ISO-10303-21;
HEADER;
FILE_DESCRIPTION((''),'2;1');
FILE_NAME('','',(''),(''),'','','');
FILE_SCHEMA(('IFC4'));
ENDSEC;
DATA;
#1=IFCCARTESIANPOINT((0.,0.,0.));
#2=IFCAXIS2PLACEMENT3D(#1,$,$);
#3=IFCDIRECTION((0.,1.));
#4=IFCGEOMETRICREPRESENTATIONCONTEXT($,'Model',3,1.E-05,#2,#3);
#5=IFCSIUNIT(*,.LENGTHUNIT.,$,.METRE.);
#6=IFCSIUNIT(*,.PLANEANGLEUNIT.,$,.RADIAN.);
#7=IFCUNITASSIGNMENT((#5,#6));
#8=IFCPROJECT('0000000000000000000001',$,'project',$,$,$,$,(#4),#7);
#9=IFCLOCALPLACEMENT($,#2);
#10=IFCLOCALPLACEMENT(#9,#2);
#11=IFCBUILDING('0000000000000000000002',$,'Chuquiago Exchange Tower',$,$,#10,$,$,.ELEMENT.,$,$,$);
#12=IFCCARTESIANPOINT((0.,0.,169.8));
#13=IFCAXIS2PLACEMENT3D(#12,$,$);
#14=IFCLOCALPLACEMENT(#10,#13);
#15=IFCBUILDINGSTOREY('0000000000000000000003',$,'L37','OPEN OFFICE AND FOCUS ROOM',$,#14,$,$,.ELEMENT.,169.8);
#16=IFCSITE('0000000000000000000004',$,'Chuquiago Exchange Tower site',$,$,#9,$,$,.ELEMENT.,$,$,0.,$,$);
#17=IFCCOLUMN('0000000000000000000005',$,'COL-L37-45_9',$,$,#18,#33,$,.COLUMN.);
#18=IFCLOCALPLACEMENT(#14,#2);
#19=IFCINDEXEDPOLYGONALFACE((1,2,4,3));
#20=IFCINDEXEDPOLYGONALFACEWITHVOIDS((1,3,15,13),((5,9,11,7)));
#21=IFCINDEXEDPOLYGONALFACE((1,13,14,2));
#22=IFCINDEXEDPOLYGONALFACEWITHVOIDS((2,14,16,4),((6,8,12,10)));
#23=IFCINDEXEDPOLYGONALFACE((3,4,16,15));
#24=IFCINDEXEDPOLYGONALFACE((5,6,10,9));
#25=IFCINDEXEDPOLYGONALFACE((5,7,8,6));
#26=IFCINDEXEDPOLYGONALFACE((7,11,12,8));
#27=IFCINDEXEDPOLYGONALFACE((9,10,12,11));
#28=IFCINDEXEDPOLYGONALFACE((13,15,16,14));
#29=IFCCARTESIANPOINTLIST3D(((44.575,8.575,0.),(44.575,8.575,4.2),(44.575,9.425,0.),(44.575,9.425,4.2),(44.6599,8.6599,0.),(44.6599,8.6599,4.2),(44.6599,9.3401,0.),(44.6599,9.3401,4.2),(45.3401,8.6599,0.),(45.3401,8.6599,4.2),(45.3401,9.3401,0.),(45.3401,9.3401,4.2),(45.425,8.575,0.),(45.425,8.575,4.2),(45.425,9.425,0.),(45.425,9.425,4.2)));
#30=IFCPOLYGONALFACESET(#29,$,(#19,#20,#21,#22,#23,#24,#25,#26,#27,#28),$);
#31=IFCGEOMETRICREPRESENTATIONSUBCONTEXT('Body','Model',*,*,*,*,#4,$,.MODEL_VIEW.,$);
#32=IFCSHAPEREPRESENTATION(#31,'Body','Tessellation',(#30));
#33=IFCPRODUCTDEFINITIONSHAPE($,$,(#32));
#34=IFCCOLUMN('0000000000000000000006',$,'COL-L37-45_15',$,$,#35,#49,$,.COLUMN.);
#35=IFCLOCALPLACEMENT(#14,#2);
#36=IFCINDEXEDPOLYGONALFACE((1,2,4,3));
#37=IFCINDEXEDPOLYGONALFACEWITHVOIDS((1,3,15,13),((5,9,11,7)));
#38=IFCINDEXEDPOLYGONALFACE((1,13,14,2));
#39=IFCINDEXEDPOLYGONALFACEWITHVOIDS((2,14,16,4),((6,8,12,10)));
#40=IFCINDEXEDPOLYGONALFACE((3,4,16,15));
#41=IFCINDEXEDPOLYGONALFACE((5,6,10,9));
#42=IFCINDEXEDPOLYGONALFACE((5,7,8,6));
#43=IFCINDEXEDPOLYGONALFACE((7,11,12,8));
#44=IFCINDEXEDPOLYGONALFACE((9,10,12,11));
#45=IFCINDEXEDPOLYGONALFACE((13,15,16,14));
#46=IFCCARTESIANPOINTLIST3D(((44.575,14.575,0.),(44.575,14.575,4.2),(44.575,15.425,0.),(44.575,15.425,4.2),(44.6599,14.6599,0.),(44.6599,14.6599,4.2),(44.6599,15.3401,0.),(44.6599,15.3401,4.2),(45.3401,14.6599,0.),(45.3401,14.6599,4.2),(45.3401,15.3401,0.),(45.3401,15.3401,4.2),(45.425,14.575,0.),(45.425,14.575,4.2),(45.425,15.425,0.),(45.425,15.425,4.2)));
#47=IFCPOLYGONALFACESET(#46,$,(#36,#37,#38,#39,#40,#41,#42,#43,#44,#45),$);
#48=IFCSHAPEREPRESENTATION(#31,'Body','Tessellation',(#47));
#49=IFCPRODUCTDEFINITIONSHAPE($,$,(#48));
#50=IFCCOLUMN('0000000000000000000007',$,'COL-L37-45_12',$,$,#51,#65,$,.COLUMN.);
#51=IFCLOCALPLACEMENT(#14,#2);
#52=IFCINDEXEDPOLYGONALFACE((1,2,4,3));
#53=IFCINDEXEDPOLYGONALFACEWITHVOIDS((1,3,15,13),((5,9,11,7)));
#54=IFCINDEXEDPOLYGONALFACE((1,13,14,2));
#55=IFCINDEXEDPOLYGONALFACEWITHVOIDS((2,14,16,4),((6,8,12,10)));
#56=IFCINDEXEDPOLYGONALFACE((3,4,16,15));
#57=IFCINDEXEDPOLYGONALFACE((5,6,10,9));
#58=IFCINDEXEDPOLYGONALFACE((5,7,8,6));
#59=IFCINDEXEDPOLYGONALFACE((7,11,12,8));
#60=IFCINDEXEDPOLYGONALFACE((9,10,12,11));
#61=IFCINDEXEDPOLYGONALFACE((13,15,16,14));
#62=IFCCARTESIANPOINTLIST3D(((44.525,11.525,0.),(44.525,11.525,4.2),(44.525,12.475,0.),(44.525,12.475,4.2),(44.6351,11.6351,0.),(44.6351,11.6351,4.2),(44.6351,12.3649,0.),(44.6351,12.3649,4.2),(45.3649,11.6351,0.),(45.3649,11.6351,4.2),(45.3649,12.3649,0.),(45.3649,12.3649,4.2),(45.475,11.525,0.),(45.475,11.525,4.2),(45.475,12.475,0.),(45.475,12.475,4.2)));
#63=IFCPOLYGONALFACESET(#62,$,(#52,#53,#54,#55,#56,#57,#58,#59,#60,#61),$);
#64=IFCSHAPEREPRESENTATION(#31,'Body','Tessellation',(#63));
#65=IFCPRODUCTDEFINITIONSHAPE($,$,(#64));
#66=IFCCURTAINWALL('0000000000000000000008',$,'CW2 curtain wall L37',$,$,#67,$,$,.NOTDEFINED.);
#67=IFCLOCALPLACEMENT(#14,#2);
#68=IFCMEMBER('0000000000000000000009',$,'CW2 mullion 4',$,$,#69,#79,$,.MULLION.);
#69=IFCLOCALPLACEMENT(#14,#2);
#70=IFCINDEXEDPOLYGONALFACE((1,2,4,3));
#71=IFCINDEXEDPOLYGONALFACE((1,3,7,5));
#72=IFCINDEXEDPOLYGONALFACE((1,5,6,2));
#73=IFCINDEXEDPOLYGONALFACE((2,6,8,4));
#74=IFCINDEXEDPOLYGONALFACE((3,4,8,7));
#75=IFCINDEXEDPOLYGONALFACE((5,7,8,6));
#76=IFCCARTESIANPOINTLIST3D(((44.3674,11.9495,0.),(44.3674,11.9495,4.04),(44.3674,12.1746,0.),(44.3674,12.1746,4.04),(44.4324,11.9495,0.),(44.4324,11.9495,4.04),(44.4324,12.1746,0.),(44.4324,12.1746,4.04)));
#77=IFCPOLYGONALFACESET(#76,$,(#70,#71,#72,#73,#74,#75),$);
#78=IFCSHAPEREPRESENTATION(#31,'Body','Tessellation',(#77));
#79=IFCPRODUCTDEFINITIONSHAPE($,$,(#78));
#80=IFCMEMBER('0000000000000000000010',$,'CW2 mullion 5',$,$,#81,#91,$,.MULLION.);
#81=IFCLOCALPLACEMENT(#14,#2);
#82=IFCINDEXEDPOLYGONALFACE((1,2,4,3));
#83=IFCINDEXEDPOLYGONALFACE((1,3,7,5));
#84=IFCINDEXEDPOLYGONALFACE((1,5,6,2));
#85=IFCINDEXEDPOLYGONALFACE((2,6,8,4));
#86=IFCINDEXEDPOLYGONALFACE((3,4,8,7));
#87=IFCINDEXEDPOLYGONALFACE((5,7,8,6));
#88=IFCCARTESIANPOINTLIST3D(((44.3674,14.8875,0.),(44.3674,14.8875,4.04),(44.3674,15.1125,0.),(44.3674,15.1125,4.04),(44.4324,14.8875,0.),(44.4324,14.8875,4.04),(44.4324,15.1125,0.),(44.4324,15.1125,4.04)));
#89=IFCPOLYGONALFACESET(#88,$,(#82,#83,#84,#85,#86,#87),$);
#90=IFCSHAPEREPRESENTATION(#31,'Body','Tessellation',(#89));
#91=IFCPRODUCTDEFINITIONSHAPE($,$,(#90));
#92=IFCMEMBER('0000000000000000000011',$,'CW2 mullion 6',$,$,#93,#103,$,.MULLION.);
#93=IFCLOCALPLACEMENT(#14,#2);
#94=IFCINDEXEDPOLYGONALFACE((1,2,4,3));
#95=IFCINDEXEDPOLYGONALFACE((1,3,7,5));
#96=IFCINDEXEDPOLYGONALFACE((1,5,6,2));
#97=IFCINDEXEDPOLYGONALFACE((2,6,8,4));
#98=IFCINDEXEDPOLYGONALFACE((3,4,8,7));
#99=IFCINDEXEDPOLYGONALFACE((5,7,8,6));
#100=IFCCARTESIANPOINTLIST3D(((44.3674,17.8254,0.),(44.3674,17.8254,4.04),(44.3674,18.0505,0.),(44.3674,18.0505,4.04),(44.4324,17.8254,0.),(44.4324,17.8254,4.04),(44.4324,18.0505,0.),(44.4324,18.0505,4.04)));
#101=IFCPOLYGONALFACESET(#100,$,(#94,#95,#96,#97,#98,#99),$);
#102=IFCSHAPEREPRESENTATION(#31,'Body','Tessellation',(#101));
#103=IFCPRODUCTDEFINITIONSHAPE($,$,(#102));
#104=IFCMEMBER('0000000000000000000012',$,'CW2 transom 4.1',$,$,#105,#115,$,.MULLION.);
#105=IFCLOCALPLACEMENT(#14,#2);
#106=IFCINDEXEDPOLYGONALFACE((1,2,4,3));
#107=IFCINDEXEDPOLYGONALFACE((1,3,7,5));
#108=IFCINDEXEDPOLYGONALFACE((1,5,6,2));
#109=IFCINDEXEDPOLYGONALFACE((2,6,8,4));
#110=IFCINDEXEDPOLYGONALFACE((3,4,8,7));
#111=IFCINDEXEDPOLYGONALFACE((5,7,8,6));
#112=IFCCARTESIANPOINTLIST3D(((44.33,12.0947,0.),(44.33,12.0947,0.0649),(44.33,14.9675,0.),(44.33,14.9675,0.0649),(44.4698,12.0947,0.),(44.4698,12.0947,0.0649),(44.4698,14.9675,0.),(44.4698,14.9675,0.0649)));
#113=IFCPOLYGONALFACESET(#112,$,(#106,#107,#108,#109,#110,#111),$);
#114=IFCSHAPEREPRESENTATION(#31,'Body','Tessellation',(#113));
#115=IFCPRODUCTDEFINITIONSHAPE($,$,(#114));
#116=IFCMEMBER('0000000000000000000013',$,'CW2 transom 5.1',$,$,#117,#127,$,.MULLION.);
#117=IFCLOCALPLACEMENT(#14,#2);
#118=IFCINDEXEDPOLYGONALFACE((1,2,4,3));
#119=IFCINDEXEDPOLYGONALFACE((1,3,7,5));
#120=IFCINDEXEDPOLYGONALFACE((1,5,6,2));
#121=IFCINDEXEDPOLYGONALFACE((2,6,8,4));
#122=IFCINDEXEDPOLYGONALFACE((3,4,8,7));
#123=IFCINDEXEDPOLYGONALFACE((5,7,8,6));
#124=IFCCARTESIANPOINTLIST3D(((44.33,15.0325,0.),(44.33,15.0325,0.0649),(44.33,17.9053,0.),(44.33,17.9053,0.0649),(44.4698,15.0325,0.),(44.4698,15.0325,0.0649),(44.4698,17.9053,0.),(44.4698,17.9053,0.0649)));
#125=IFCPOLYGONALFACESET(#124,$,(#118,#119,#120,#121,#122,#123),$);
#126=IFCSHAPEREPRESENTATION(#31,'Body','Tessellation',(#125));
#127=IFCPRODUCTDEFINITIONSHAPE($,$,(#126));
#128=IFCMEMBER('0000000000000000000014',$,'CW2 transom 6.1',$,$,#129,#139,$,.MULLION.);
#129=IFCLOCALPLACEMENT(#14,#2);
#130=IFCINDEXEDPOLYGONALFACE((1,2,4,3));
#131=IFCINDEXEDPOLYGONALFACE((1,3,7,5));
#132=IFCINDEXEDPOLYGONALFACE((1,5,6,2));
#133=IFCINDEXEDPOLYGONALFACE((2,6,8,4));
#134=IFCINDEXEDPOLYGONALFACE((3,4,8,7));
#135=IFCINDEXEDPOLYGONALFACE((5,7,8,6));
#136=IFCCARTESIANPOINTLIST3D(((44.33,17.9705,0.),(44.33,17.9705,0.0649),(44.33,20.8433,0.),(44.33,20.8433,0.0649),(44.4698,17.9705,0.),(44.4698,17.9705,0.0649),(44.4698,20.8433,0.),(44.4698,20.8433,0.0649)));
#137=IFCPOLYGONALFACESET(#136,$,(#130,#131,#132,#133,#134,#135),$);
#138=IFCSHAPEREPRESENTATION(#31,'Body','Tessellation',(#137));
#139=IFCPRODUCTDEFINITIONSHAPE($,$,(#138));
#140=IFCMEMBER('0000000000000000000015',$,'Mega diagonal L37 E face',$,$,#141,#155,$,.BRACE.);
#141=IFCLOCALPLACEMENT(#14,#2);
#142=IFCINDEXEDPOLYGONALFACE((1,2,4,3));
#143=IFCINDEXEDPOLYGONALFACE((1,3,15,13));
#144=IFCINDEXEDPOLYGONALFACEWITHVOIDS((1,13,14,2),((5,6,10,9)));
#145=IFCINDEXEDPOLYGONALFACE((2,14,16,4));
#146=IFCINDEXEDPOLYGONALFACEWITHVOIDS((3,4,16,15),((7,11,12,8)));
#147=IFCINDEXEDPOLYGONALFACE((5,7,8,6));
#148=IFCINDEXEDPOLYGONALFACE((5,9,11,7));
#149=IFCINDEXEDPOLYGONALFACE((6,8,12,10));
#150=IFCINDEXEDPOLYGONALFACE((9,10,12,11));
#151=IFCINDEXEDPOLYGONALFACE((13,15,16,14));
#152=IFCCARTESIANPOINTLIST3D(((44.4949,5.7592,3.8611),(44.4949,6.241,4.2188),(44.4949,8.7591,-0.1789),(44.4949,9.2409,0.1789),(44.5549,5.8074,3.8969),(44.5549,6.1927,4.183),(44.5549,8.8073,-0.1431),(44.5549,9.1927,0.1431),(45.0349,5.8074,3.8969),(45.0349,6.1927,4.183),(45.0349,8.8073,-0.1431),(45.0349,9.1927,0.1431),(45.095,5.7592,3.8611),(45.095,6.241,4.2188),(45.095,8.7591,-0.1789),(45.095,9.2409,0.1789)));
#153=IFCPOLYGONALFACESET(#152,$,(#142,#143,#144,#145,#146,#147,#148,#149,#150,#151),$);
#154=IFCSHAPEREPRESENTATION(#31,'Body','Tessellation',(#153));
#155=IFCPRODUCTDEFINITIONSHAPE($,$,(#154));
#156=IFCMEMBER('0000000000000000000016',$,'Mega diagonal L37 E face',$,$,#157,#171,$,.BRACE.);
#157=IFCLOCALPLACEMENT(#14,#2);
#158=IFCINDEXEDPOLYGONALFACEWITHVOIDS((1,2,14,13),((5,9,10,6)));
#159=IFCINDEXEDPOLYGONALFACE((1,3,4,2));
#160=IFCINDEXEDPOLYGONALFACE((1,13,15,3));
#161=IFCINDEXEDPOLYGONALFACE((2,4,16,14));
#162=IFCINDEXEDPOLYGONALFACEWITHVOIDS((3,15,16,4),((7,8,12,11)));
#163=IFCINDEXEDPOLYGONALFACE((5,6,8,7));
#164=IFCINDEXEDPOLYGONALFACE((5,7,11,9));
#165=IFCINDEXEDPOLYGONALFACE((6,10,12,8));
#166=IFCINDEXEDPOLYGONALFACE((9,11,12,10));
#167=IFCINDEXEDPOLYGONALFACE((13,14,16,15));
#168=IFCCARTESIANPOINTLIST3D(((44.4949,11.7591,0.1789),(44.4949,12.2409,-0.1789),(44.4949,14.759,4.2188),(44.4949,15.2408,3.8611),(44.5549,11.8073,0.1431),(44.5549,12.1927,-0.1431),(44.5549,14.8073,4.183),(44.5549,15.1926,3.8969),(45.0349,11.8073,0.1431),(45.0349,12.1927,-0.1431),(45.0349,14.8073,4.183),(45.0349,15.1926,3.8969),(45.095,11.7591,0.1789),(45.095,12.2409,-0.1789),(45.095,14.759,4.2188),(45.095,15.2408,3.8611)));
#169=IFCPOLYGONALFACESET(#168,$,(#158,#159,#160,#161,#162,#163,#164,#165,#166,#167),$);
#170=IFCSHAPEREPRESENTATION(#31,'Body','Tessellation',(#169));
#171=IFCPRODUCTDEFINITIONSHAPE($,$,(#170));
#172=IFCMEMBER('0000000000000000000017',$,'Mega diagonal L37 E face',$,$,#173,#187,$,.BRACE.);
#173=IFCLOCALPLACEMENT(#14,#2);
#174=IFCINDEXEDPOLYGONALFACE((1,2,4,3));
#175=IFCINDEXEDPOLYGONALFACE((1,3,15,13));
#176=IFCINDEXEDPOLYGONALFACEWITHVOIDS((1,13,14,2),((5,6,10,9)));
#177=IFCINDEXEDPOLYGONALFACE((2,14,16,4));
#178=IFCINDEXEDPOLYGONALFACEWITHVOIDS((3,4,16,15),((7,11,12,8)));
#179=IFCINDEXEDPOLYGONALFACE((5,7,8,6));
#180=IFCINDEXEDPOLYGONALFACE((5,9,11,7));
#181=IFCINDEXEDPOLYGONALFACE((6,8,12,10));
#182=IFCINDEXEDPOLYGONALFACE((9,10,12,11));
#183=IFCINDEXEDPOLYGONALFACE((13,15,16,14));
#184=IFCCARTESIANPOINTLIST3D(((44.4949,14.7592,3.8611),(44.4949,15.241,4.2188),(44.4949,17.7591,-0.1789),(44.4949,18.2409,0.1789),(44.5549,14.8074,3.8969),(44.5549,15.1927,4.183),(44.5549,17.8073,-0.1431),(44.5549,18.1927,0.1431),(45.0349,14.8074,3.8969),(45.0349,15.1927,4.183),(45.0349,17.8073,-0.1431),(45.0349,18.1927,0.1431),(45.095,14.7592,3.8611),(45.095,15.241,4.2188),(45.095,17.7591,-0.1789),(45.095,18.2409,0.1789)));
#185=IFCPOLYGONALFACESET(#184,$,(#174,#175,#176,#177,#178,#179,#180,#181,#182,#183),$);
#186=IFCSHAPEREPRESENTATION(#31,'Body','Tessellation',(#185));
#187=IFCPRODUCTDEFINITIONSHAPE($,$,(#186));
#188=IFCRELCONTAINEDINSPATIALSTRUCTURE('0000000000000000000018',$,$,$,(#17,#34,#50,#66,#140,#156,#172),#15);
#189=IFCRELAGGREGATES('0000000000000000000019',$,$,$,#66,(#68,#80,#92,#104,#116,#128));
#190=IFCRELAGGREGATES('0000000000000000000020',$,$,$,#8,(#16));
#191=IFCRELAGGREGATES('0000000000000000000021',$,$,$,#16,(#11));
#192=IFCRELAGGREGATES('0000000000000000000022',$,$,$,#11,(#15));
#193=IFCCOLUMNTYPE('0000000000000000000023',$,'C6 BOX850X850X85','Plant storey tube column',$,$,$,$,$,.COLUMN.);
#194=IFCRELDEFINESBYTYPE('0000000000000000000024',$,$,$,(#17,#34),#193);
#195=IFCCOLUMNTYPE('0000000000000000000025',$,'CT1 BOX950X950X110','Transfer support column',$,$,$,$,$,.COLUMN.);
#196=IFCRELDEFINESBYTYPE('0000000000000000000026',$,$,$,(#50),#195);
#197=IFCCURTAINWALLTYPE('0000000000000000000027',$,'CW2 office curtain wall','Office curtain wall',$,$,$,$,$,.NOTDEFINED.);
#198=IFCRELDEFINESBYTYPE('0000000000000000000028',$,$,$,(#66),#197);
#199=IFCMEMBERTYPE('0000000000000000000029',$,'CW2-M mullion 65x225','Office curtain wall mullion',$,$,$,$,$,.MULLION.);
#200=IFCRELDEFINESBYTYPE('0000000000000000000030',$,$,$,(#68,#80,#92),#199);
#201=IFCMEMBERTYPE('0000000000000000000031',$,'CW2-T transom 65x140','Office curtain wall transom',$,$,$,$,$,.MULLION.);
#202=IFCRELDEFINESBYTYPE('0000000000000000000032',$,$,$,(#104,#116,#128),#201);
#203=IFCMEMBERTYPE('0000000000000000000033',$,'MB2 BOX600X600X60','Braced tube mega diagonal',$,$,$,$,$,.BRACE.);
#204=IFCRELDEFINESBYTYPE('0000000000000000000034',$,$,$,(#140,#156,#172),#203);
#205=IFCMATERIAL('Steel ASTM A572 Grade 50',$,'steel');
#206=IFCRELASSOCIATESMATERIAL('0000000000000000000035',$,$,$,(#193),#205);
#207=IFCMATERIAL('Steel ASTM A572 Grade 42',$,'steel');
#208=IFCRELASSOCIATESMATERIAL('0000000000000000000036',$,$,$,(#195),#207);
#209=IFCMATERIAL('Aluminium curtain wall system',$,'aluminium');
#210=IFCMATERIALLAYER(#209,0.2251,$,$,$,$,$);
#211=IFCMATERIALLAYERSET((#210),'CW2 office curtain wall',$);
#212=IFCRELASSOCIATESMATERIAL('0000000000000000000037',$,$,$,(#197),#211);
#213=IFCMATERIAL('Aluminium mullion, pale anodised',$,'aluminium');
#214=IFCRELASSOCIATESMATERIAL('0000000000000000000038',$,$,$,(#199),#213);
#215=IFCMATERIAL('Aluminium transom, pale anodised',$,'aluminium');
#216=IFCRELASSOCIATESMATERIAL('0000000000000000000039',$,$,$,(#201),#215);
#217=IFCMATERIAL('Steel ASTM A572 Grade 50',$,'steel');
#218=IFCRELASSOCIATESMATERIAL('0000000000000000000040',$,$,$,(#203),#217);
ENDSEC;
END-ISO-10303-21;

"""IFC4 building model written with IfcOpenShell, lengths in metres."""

from ifc_helpers import new_model, si_unit, direction, frame, origin, origin_2d, place, context, subcontext, project, spatial, rectangle, hollow_rectangle, extrude, material, layer, layer_set, material_profile, profile_set, type_object, element, aggregate, save


model = new_model("IFC4")

# Units and contexts
model_context = context("Model", 3, precision=1e-05, world=origin(), true_north=direction((0.0, 1.0)))
body_context = subcontext(model_context, "Body", "Model", "MODEL_VIEW")
ifc_project = project(units=[si_unit("LENGTHUNIT", "METRE"), si_unit("PLANEANGLEUNIT", "RADIAN")], contexts=[model_context])

# Site, building, storey
site_placement = place(None, origin())
site = spatial("IfcSite", under=ifc_project, at=site_placement, Name="Chuquiago Exchange Tower site", CompositionType="ELEMENT", RefElevation=0.0)
building_placement = place(site_placement, origin())
building = spatial("IfcBuilding", under=site, at=building_placement, Name="Chuquiago Exchange Tower", CompositionType="ELEMENT")
storey_placement = place(building_placement, frame((0.0, 0.0, 169.8)))
storey = spatial("IfcBuildingStorey", under=building, at=storey_placement, Name="L37", Description="OPEN OFFICE AND FOCUS ROOM", CompositionType="ELEMENT", Elevation=169.8)

# Columns
ifc_material_1 = material(Name="Steel ASTM A572 Grade 50", Category="steel")
ifc_material_profile_1 = material_profile(ifc_material_1, hollow_rectangle(XDim=0.8501, YDim=0.8501, WallThickness=0.085, at=origin_2d()), Name="BOX850X850X85")
ifc_profile_set_1 = profile_set([ifc_material_profile_1], Name="Steel ASTM A572 Grade 50")
column_type_1 = type_object("IfcColumnType", Name="C6 BOX850X850X85", Description="Plant storey tube column", PredefinedType="COLUMN", material=ifc_profile_set_1)
for number, where, z_axis, x_axis, name in (
    (1, (45.0, 9.0, 0.0), (0.0, 0.0, 1.0), (1.0, 0.0, 0.0), "COL-L37-45_9"),
    (2, (45.0, 15.0, 0.0), (0.0, 0.0, 1.0), (1.0, 0.0, 0.0), "COL-L37-45_15"),
):
    element("IfcColumn", number, at=place(storey_placement, frame(where, z_axis=z_axis, x_axis=x_axis)), inside=storey, type_object=column_type_1, Name=name, PredefinedType="COLUMN", context=body_context, shape_type="SweptSolid", body=[
        extrude(hollow_rectangle(XDim=0.8501, YDim=0.8501, WallThickness=0.085, at=origin_2d()), origin(), (0.0, 0.0, 1.0), 4.2),
    ])
ifc_material_2 = material(Name="Steel ASTM A572 Grade 42", Category="steel")
ifc_material_profile_2 = material_profile(ifc_material_2, hollow_rectangle(XDim=0.95, YDim=0.95, WallThickness=0.1101, at=origin_2d()), Name="BOX950X950X110")
ifc_profile_set_2 = profile_set([ifc_material_profile_2], Name="Steel ASTM A572 Grade 42")
column_type_2 = type_object("IfcColumnType", Name="CT1 BOX950X950X110", Description="Transfer support column", PredefinedType="COLUMN", material=ifc_profile_set_2)
column_placement = place(storey_placement, frame((45.0, 12.0, 0.0), z_axis=(0.0, 0.0, 1.0), x_axis=(1.0, 0.0, 0.0)))
element("IfcColumn", 3, at=column_placement, inside=storey, type_object=column_type_2, Name="COL-L37-45_12", PredefinedType="COLUMN", context=body_context, shape_type="SweptSolid", body=[
    extrude(hollow_rectangle(XDim=0.95, YDim=0.95, WallThickness=0.1101, at=origin_2d()), origin(), (0.0, 0.0, 1.0), 4.2),
])

# Curtain wall, members
ifc_material_3 = material(Name="Aluminium curtain wall system", Category="aluminium")
ifc_layer_1 = layer(ifc_material_3, 0.2251)
ifc_layer_set_1 = layer_set([ifc_layer_1], Name="CW2 office curtain wall")
curtain_wall_type = type_object("IfcCurtainWallType", Name="CW2 office curtain wall", Description="Office curtain wall", PredefinedType="NOTDEFINED", material=ifc_layer_set_1)
curtain_wall_placement = place(storey_placement, origin())
curtain_wall = element("IfcCurtainWall", 4, at=curtain_wall_placement, inside=storey, type_object=curtain_wall_type, Name="CW2 curtain wall L37", PredefinedType="NOTDEFINED")
ifc_material_4 = material(Name="Aluminium mullion, pale anodised", Category="aluminium")
ifc_material_profile_3 = material_profile(ifc_material_4, rectangle(XDim=0.0649, YDim=0.2251, at=origin_2d()), Name="AL 65x225")
ifc_profile_set_3 = profile_set([ifc_material_profile_3], Name="Aluminium mullion, pale anodised")
member_type_1 = type_object("IfcMemberType", Name="CW2-M mullion 65x225", Description="Office curtain wall mullion", PredefinedType="MULLION", material=ifc_profile_set_3)
member_1_placement = place(storey_placement, frame((44.3999, 12.062, 0.0), z_axis=(0.0, 0.0, 1.0), x_axis=(-1.0, 0.0, 0.0)))
member_1 = element("IfcMember", 5, at=member_1_placement, type_object=member_type_1, Name="CW2 mullion 4", PredefinedType="MULLION", context=body_context, shape_type="SweptSolid", body=[
    extrude(rectangle(XDim=0.0649, YDim=0.2251, at=origin_2d()), origin(), (0.0, 0.0, 1.0), 4.04),
])
member_2_placement = place(storey_placement, frame((44.3999, 15.0, 0.0), z_axis=(0.0, 0.0, 1.0), x_axis=(-1.0, 0.0, 0.0)))
member_2 = element("IfcMember", 6, at=member_2_placement, type_object=member_type_1, Name="CW2 mullion 5", PredefinedType="MULLION", context=body_context, shape_type="SweptSolid", body=[
    extrude(rectangle(XDim=0.0649, YDim=0.2251, at=origin_2d()), origin(), (0.0, 0.0, 1.0), 4.04),
])
member_3_placement = place(storey_placement, frame((44.3999, 17.938, 0.0), z_axis=(0.0, 0.0, 1.0), x_axis=(-1.0, 0.0, 0.0)))
member_3 = element("IfcMember", 7, at=member_3_placement, type_object=member_type_1, Name="CW2 mullion 6", PredefinedType="MULLION", context=body_context, shape_type="SweptSolid", body=[
    extrude(rectangle(XDim=0.0649, YDim=0.2251, at=origin_2d()), origin(), (0.0, 0.0, 1.0), 4.04),
])
ifc_material_5 = material(Name="Aluminium transom, pale anodised", Category="aluminium")
ifc_material_profile_4 = material_profile(ifc_material_5, rectangle(XDim=0.1399, YDim=0.0649, at=origin_2d()), Name="AL 140x65")
ifc_profile_set_4 = profile_set([ifc_material_profile_4], Name="Aluminium transom, pale anodised")
member_type_2 = type_object("IfcMemberType", Name="CW2-T transom 65x140", Description="Office curtain wall transom", PredefinedType="MULLION", material=ifc_profile_set_4)
member_4_placement = place(storey_placement, frame((44.3999, 12.0947, 0.0325), z_axis=(0.0, 1.0, 0.0), x_axis=(-1.0, 0.0, 0.0)))
member_4 = element("IfcMember", 8, at=member_4_placement, type_object=member_type_2, Name="CW2 transom 4.1", PredefinedType="MULLION", context=body_context, shape_type="SweptSolid", body=[
    extrude(rectangle(XDim=0.1399, YDim=0.0649, at=origin_2d()), origin(), (0.0, 0.0, 1.0), 2.8728),
])
member_5_placement = place(storey_placement, frame((44.3999, 15.0325, 0.0325), z_axis=(0.0, 1.0, 0.0), x_axis=(-1.0, 0.0, 0.0)))
member_5 = element("IfcMember", 9, at=member_5_placement, type_object=member_type_2, Name="CW2 transom 5.1", PredefinedType="MULLION", context=body_context, shape_type="SweptSolid", body=[
    extrude(rectangle(XDim=0.1399, YDim=0.0649, at=origin_2d()), origin(), (0.0, 0.0, 1.0), 2.8728),
])
member_6_placement = place(storey_placement, frame((44.3999, 17.9705, 0.0325), z_axis=(0.0, 1.0, 0.0), x_axis=(-1.0, 0.0, 0.0)))
member_6 = element("IfcMember", 10, at=member_6_placement, type_object=member_type_2, Name="CW2 transom 6.1", PredefinedType="MULLION", context=body_context, shape_type="SweptSolid", body=[
    extrude(rectangle(XDim=0.1399, YDim=0.0649, at=origin_2d()), origin(), (0.0, 0.0, 1.0), 2.8728),
])

# Members
ifc_material_6 = material(Name="Steel ASTM A572 Grade 50", Category="steel")
ifc_material_profile_5 = material_profile(ifc_material_6, hollow_rectangle(XDim=0.6001, YDim=0.6001, WallThickness=0.0601, at=origin_2d()), Name="BOX600X600X60")
ifc_profile_set_5 = profile_set([ifc_material_profile_5], Name="Steel ASTM A572 Grade 50")
member_type_3 = type_object("IfcMemberType", Name="MB2 BOX600X600X60", Description="Braced tube mega diagonal", PredefinedType="BRACE", material=ifc_profile_set_5)
for number, where, z_axis, x_axis, name in (
    (11, (44.7949, 9.0, 0.0), (0.0, -0.596174, 0.802855), (1.0, 0.0, 0.0), "Mega diagonal L37 E face"),
    (12, (44.7949, 12.0, 0.0), (0.0, 0.596174, 0.802855), (-1.0, 0.0, 0.0), "Mega diagonal L37 E face"),
    (13, (44.7949, 18.0, 0.0), (0.0, -0.596174, 0.802855), (1.0, 0.0, 0.0), "Mega diagonal L37 E face"),
):
    element("IfcMember", number, at=place(storey_placement, frame(where, z_axis=z_axis, x_axis=x_axis)), inside=storey, type_object=member_type_3, Name=name, PredefinedType="BRACE", context=body_context, shape_type="SweptSolid", body=[
        extrude(hollow_rectangle(XDim=0.6001, YDim=0.6001, WallThickness=0.0601, at=origin_2d()), origin(), (0.0, 0.0, 1.0), 5.032),
    ])

aggregate(curtain_wall, [member_1, member_2, member_3, member_4, member_5, member_6])

save(model, "model.ifc")
